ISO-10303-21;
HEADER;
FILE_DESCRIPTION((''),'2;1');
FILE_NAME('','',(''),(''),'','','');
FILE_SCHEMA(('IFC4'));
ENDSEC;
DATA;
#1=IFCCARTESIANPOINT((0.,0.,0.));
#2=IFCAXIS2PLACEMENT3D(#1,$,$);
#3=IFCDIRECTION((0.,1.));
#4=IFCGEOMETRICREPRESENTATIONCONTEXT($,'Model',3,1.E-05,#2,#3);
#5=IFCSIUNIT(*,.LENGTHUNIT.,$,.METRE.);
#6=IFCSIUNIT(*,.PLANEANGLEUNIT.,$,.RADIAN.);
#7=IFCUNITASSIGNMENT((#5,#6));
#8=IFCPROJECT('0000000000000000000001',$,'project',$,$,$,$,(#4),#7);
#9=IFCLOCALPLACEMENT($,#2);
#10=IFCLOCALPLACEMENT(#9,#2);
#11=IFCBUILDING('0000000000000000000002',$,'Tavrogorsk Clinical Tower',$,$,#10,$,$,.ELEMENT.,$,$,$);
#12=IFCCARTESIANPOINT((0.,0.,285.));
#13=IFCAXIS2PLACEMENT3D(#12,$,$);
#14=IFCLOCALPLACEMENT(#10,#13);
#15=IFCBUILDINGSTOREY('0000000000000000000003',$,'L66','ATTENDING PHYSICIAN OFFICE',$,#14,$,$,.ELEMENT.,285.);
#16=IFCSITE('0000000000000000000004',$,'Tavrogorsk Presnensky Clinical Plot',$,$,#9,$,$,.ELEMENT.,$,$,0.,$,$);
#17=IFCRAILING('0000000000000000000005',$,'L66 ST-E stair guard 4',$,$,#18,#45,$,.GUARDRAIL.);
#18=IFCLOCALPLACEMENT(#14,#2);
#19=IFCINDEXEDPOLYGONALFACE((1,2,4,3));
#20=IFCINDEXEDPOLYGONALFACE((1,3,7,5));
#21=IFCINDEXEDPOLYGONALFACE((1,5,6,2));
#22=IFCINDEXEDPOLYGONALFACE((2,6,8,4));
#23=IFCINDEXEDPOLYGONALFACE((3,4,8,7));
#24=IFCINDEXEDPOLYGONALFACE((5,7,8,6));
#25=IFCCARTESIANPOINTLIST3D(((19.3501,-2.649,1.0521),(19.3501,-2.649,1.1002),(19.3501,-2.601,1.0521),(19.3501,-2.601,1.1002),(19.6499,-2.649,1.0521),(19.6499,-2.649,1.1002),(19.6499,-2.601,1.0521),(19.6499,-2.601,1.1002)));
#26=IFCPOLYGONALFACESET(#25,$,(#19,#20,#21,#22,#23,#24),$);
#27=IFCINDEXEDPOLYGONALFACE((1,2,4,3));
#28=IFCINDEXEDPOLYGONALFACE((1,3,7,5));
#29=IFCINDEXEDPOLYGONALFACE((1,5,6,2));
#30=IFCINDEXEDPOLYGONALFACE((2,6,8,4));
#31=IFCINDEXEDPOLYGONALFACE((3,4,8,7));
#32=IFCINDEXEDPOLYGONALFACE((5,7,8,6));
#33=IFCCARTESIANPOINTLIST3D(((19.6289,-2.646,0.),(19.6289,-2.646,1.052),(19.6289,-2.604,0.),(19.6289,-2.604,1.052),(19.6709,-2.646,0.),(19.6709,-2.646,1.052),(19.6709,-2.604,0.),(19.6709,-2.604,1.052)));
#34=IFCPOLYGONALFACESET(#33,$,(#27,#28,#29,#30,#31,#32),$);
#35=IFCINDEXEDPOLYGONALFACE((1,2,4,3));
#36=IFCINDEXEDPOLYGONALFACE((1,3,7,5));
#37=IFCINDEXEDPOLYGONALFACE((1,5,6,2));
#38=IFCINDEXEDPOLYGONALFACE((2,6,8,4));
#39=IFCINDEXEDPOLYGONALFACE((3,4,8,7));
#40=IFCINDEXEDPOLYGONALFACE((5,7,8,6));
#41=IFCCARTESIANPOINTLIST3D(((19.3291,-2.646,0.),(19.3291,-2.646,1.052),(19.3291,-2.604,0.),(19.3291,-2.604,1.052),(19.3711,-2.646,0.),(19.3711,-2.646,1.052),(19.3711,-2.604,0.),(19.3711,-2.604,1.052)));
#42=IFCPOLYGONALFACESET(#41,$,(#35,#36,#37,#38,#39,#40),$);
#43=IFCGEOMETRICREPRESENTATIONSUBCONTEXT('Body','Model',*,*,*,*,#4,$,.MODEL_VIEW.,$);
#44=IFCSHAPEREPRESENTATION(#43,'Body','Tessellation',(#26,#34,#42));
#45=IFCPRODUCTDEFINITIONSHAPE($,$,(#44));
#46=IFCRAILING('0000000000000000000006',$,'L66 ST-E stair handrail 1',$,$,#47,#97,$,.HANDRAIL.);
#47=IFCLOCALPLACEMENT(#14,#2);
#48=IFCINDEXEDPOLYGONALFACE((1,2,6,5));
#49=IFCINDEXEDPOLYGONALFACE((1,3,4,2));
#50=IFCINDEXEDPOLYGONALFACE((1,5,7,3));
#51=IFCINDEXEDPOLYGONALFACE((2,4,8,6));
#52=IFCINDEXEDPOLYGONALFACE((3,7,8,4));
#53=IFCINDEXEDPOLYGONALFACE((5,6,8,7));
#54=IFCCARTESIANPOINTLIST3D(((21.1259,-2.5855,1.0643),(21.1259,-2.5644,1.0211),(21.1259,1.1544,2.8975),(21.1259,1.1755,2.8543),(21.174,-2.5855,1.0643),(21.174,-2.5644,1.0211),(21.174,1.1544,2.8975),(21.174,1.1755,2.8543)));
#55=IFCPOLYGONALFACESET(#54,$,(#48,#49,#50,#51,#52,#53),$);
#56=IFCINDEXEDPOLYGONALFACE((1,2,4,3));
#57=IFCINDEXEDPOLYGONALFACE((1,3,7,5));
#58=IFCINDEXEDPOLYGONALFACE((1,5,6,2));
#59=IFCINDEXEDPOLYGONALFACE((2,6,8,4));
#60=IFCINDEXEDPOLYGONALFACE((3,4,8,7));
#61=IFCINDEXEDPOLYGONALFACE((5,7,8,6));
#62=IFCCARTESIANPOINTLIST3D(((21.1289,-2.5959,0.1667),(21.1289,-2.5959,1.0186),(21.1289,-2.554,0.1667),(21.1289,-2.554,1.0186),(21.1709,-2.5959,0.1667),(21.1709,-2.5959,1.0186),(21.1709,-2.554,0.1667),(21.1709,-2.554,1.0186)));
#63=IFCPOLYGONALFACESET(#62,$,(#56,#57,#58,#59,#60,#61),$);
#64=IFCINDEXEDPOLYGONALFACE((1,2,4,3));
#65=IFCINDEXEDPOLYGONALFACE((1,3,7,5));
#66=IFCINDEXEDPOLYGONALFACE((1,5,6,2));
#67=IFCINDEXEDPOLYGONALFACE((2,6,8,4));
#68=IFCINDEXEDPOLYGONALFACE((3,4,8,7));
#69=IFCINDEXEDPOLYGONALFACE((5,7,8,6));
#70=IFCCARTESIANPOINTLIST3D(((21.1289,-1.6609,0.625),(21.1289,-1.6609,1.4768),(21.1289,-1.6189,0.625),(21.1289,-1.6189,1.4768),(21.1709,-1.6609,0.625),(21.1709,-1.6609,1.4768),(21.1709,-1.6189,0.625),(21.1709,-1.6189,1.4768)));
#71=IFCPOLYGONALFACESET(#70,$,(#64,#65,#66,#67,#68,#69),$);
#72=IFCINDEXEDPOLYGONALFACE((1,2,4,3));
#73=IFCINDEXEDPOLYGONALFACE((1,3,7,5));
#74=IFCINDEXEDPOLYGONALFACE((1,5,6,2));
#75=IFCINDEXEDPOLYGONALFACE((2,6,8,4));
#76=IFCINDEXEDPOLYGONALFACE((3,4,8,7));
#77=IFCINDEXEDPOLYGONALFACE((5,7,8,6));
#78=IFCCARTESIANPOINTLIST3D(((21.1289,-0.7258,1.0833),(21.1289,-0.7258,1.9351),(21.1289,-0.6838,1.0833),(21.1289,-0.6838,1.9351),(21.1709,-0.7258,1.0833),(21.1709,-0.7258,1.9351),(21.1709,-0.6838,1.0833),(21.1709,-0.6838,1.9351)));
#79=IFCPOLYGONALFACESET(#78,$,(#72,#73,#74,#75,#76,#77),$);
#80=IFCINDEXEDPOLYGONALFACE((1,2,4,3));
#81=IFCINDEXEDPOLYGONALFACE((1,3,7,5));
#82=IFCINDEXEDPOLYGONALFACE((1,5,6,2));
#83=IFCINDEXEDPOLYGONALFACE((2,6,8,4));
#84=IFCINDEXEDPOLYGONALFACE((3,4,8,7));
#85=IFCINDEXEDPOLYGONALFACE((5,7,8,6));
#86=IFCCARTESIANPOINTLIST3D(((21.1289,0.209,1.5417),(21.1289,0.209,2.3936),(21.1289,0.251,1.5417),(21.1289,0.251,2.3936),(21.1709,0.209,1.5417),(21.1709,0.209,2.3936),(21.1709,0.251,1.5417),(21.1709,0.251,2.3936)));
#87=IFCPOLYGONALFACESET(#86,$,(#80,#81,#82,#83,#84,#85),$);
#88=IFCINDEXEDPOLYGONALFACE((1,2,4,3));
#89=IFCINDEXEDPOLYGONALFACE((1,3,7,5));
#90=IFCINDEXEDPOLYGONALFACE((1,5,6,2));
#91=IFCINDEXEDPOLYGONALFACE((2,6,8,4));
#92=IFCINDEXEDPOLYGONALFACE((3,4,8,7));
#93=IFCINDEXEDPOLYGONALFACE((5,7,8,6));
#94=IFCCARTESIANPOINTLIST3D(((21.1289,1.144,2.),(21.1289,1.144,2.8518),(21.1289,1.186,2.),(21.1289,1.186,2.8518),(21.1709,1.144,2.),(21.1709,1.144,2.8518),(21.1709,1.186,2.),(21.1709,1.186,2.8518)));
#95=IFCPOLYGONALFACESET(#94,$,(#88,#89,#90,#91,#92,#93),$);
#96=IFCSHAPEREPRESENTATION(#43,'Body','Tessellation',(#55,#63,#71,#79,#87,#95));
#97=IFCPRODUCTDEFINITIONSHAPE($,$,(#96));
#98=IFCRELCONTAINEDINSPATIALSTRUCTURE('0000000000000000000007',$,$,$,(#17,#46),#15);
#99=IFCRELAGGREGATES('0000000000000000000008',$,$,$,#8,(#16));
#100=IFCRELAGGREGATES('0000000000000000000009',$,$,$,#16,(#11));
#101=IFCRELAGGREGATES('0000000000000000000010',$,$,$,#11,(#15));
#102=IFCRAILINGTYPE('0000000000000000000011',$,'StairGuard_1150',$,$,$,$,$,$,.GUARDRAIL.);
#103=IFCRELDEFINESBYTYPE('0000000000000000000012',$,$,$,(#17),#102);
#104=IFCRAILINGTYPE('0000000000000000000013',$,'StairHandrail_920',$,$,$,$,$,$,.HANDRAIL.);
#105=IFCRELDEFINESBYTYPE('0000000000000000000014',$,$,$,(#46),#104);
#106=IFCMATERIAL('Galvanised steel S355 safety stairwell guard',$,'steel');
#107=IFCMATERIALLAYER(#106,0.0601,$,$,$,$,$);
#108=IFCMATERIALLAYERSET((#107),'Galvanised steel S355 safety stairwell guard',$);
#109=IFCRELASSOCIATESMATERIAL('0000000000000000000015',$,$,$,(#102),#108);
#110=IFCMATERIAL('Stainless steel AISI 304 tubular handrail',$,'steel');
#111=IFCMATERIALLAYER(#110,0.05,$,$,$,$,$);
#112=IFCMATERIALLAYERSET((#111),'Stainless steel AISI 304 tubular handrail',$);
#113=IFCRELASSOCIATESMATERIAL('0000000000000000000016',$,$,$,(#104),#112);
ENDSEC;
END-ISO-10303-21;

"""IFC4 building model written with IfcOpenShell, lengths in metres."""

from ifc_helpers import new_model, si_unit, direction, frame, origin, origin_2d, place, context, subcontext, project, spatial, rectangle, extrude, material, layer, layer_set, type_object, element, save


model = new_model("IFC4")

# Units and contexts
model_context = context("Model", 3, precision=1e-05, world=origin(), true_north=direction((0.0, 1.0)))
body_context = subcontext(model_context, "Body", "Model", "MODEL_VIEW")
ifc_project = project(units=[si_unit("LENGTHUNIT", "METRE"), si_unit("PLANEANGLEUNIT", "RADIAN")], contexts=[model_context])

# Site, building, storey
site_placement = place(None, origin())
site = spatial("IfcSite", under=ifc_project, at=site_placement, Name="Tavrogorsk Presnensky Clinical Plot", CompositionType="ELEMENT", RefElevation=0.0)
building_placement = place(site_placement, origin())
building = spatial("IfcBuilding", under=site, at=building_placement, Name="Tavrogorsk Clinical Tower", CompositionType="ELEMENT")
storey_placement = place(building_placement, frame((0.0, 0.0, 285.0)))
storey = spatial("IfcBuildingStorey", under=building, at=storey_placement, Name="L66", Description="ATTENDING PHYSICIAN OFFICE", CompositionType="ELEMENT", Elevation=285.0)

# Railings
ifc_material_1 = material(Name="Galvanised steel S355 safety stairwell guard", Category="steel")
ifc_layer_1 = layer(ifc_material_1, 0.0601)
ifc_layer_set_1 = layer_set([ifc_layer_1], Name="Galvanised steel S355 safety stairwell guard")
railing_type_1 = type_object("IfcRailingType", Name="StairGuard_1150", PredefinedType="GUARDRAIL", material=ifc_layer_set_1)
railing_1_placement = place(storey_placement, frame((19.6499, -2.625, 0.0)))
element("IfcRailing", 1, at=railing_1_placement, inside=storey, type_object=railing_type_1, Name="L66 ST-E stair guard 4", PredefinedType="GUARDRAIL", context=body_context, shape_type="SweptSolid", body=[
    extrude(rectangle(XDim=0.0481, YDim=0.0481, at=origin_2d()), frame((0.0, 0.0, 1.0762), z_axis=(-1.0, 0.0, 0.0), x_axis=(0.0, -1.0, 0.0)), (0.0, 0.0, 1.0), 0.2998),
    extrude(rectangle(XDim=0.042, YDim=0.042, at=origin_2d()), origin(), (0.0, 0.0, 1.0), 1.052),
    extrude(rectangle(XDim=0.042, YDim=0.042, at=origin_2d()), frame((-0.2998, 0.0, 0.0)), (0.0, 0.0, 1.0), 1.052),
])
ifc_material_2 = material(Name="Stainless steel AISI 304 tubular handrail", Category="steel")
ifc_layer_2 = layer(ifc_material_2, 0.05)
ifc_layer_set_2 = layer_set([ifc_layer_2], Name="Stainless steel AISI 304 tubular handrail")
railing_type_2 = type_object("IfcRailingType", Name="StairHandrail_920", PredefinedType="HANDRAIL", material=ifc_layer_set_2)
railing_2_placement = place(storey_placement, frame((21.1499, -2.575, 0.1667)))
element("IfcRailing", 2, at=railing_2_placement, inside=storey, type_object=railing_type_2, Name="L66 ST-E stair handrail 1", PredefinedType="HANDRAIL", context=body_context, shape_type="SweptSolid", body=[
    extrude(rectangle(XDim=0.0481, YDim=0.0481, at=origin_2d()), frame((0.0, 0.0, 0.876), z_axis=(0.0, 0.897928, 0.440142), x_axis=(-1.0, 0.0, 0.0)), (0.0, 0.0, 1.0), 4.165),
    extrude(rectangle(XDim=0.042, YDim=0.042, at=origin_2d()), origin(), (0.0, 0.0, 1.0), 0.8518),
    extrude(rectangle(XDim=0.042, YDim=0.042, at=origin_2d()), frame((0.0, 0.9351, 0.4583)), (0.0, 0.0, 1.0), 0.8518),
    extrude(rectangle(XDim=0.042, YDim=0.042, at=origin_2d()), frame((0.0, 1.8701, 0.9165)), (0.0, 0.0, 1.0), 0.8518),
    extrude(rectangle(XDim=0.042, YDim=0.042, at=origin_2d()), frame((0.0, 2.8049, 1.375)), (0.0, 0.0, 1.0), 0.8518),
    extrude(rectangle(XDim=0.042, YDim=0.042, at=origin_2d()), frame((0.0, 3.74, 1.8333)), (0.0, 0.0, 1.0), 0.8518),
])

save(model, "model.ifc")
